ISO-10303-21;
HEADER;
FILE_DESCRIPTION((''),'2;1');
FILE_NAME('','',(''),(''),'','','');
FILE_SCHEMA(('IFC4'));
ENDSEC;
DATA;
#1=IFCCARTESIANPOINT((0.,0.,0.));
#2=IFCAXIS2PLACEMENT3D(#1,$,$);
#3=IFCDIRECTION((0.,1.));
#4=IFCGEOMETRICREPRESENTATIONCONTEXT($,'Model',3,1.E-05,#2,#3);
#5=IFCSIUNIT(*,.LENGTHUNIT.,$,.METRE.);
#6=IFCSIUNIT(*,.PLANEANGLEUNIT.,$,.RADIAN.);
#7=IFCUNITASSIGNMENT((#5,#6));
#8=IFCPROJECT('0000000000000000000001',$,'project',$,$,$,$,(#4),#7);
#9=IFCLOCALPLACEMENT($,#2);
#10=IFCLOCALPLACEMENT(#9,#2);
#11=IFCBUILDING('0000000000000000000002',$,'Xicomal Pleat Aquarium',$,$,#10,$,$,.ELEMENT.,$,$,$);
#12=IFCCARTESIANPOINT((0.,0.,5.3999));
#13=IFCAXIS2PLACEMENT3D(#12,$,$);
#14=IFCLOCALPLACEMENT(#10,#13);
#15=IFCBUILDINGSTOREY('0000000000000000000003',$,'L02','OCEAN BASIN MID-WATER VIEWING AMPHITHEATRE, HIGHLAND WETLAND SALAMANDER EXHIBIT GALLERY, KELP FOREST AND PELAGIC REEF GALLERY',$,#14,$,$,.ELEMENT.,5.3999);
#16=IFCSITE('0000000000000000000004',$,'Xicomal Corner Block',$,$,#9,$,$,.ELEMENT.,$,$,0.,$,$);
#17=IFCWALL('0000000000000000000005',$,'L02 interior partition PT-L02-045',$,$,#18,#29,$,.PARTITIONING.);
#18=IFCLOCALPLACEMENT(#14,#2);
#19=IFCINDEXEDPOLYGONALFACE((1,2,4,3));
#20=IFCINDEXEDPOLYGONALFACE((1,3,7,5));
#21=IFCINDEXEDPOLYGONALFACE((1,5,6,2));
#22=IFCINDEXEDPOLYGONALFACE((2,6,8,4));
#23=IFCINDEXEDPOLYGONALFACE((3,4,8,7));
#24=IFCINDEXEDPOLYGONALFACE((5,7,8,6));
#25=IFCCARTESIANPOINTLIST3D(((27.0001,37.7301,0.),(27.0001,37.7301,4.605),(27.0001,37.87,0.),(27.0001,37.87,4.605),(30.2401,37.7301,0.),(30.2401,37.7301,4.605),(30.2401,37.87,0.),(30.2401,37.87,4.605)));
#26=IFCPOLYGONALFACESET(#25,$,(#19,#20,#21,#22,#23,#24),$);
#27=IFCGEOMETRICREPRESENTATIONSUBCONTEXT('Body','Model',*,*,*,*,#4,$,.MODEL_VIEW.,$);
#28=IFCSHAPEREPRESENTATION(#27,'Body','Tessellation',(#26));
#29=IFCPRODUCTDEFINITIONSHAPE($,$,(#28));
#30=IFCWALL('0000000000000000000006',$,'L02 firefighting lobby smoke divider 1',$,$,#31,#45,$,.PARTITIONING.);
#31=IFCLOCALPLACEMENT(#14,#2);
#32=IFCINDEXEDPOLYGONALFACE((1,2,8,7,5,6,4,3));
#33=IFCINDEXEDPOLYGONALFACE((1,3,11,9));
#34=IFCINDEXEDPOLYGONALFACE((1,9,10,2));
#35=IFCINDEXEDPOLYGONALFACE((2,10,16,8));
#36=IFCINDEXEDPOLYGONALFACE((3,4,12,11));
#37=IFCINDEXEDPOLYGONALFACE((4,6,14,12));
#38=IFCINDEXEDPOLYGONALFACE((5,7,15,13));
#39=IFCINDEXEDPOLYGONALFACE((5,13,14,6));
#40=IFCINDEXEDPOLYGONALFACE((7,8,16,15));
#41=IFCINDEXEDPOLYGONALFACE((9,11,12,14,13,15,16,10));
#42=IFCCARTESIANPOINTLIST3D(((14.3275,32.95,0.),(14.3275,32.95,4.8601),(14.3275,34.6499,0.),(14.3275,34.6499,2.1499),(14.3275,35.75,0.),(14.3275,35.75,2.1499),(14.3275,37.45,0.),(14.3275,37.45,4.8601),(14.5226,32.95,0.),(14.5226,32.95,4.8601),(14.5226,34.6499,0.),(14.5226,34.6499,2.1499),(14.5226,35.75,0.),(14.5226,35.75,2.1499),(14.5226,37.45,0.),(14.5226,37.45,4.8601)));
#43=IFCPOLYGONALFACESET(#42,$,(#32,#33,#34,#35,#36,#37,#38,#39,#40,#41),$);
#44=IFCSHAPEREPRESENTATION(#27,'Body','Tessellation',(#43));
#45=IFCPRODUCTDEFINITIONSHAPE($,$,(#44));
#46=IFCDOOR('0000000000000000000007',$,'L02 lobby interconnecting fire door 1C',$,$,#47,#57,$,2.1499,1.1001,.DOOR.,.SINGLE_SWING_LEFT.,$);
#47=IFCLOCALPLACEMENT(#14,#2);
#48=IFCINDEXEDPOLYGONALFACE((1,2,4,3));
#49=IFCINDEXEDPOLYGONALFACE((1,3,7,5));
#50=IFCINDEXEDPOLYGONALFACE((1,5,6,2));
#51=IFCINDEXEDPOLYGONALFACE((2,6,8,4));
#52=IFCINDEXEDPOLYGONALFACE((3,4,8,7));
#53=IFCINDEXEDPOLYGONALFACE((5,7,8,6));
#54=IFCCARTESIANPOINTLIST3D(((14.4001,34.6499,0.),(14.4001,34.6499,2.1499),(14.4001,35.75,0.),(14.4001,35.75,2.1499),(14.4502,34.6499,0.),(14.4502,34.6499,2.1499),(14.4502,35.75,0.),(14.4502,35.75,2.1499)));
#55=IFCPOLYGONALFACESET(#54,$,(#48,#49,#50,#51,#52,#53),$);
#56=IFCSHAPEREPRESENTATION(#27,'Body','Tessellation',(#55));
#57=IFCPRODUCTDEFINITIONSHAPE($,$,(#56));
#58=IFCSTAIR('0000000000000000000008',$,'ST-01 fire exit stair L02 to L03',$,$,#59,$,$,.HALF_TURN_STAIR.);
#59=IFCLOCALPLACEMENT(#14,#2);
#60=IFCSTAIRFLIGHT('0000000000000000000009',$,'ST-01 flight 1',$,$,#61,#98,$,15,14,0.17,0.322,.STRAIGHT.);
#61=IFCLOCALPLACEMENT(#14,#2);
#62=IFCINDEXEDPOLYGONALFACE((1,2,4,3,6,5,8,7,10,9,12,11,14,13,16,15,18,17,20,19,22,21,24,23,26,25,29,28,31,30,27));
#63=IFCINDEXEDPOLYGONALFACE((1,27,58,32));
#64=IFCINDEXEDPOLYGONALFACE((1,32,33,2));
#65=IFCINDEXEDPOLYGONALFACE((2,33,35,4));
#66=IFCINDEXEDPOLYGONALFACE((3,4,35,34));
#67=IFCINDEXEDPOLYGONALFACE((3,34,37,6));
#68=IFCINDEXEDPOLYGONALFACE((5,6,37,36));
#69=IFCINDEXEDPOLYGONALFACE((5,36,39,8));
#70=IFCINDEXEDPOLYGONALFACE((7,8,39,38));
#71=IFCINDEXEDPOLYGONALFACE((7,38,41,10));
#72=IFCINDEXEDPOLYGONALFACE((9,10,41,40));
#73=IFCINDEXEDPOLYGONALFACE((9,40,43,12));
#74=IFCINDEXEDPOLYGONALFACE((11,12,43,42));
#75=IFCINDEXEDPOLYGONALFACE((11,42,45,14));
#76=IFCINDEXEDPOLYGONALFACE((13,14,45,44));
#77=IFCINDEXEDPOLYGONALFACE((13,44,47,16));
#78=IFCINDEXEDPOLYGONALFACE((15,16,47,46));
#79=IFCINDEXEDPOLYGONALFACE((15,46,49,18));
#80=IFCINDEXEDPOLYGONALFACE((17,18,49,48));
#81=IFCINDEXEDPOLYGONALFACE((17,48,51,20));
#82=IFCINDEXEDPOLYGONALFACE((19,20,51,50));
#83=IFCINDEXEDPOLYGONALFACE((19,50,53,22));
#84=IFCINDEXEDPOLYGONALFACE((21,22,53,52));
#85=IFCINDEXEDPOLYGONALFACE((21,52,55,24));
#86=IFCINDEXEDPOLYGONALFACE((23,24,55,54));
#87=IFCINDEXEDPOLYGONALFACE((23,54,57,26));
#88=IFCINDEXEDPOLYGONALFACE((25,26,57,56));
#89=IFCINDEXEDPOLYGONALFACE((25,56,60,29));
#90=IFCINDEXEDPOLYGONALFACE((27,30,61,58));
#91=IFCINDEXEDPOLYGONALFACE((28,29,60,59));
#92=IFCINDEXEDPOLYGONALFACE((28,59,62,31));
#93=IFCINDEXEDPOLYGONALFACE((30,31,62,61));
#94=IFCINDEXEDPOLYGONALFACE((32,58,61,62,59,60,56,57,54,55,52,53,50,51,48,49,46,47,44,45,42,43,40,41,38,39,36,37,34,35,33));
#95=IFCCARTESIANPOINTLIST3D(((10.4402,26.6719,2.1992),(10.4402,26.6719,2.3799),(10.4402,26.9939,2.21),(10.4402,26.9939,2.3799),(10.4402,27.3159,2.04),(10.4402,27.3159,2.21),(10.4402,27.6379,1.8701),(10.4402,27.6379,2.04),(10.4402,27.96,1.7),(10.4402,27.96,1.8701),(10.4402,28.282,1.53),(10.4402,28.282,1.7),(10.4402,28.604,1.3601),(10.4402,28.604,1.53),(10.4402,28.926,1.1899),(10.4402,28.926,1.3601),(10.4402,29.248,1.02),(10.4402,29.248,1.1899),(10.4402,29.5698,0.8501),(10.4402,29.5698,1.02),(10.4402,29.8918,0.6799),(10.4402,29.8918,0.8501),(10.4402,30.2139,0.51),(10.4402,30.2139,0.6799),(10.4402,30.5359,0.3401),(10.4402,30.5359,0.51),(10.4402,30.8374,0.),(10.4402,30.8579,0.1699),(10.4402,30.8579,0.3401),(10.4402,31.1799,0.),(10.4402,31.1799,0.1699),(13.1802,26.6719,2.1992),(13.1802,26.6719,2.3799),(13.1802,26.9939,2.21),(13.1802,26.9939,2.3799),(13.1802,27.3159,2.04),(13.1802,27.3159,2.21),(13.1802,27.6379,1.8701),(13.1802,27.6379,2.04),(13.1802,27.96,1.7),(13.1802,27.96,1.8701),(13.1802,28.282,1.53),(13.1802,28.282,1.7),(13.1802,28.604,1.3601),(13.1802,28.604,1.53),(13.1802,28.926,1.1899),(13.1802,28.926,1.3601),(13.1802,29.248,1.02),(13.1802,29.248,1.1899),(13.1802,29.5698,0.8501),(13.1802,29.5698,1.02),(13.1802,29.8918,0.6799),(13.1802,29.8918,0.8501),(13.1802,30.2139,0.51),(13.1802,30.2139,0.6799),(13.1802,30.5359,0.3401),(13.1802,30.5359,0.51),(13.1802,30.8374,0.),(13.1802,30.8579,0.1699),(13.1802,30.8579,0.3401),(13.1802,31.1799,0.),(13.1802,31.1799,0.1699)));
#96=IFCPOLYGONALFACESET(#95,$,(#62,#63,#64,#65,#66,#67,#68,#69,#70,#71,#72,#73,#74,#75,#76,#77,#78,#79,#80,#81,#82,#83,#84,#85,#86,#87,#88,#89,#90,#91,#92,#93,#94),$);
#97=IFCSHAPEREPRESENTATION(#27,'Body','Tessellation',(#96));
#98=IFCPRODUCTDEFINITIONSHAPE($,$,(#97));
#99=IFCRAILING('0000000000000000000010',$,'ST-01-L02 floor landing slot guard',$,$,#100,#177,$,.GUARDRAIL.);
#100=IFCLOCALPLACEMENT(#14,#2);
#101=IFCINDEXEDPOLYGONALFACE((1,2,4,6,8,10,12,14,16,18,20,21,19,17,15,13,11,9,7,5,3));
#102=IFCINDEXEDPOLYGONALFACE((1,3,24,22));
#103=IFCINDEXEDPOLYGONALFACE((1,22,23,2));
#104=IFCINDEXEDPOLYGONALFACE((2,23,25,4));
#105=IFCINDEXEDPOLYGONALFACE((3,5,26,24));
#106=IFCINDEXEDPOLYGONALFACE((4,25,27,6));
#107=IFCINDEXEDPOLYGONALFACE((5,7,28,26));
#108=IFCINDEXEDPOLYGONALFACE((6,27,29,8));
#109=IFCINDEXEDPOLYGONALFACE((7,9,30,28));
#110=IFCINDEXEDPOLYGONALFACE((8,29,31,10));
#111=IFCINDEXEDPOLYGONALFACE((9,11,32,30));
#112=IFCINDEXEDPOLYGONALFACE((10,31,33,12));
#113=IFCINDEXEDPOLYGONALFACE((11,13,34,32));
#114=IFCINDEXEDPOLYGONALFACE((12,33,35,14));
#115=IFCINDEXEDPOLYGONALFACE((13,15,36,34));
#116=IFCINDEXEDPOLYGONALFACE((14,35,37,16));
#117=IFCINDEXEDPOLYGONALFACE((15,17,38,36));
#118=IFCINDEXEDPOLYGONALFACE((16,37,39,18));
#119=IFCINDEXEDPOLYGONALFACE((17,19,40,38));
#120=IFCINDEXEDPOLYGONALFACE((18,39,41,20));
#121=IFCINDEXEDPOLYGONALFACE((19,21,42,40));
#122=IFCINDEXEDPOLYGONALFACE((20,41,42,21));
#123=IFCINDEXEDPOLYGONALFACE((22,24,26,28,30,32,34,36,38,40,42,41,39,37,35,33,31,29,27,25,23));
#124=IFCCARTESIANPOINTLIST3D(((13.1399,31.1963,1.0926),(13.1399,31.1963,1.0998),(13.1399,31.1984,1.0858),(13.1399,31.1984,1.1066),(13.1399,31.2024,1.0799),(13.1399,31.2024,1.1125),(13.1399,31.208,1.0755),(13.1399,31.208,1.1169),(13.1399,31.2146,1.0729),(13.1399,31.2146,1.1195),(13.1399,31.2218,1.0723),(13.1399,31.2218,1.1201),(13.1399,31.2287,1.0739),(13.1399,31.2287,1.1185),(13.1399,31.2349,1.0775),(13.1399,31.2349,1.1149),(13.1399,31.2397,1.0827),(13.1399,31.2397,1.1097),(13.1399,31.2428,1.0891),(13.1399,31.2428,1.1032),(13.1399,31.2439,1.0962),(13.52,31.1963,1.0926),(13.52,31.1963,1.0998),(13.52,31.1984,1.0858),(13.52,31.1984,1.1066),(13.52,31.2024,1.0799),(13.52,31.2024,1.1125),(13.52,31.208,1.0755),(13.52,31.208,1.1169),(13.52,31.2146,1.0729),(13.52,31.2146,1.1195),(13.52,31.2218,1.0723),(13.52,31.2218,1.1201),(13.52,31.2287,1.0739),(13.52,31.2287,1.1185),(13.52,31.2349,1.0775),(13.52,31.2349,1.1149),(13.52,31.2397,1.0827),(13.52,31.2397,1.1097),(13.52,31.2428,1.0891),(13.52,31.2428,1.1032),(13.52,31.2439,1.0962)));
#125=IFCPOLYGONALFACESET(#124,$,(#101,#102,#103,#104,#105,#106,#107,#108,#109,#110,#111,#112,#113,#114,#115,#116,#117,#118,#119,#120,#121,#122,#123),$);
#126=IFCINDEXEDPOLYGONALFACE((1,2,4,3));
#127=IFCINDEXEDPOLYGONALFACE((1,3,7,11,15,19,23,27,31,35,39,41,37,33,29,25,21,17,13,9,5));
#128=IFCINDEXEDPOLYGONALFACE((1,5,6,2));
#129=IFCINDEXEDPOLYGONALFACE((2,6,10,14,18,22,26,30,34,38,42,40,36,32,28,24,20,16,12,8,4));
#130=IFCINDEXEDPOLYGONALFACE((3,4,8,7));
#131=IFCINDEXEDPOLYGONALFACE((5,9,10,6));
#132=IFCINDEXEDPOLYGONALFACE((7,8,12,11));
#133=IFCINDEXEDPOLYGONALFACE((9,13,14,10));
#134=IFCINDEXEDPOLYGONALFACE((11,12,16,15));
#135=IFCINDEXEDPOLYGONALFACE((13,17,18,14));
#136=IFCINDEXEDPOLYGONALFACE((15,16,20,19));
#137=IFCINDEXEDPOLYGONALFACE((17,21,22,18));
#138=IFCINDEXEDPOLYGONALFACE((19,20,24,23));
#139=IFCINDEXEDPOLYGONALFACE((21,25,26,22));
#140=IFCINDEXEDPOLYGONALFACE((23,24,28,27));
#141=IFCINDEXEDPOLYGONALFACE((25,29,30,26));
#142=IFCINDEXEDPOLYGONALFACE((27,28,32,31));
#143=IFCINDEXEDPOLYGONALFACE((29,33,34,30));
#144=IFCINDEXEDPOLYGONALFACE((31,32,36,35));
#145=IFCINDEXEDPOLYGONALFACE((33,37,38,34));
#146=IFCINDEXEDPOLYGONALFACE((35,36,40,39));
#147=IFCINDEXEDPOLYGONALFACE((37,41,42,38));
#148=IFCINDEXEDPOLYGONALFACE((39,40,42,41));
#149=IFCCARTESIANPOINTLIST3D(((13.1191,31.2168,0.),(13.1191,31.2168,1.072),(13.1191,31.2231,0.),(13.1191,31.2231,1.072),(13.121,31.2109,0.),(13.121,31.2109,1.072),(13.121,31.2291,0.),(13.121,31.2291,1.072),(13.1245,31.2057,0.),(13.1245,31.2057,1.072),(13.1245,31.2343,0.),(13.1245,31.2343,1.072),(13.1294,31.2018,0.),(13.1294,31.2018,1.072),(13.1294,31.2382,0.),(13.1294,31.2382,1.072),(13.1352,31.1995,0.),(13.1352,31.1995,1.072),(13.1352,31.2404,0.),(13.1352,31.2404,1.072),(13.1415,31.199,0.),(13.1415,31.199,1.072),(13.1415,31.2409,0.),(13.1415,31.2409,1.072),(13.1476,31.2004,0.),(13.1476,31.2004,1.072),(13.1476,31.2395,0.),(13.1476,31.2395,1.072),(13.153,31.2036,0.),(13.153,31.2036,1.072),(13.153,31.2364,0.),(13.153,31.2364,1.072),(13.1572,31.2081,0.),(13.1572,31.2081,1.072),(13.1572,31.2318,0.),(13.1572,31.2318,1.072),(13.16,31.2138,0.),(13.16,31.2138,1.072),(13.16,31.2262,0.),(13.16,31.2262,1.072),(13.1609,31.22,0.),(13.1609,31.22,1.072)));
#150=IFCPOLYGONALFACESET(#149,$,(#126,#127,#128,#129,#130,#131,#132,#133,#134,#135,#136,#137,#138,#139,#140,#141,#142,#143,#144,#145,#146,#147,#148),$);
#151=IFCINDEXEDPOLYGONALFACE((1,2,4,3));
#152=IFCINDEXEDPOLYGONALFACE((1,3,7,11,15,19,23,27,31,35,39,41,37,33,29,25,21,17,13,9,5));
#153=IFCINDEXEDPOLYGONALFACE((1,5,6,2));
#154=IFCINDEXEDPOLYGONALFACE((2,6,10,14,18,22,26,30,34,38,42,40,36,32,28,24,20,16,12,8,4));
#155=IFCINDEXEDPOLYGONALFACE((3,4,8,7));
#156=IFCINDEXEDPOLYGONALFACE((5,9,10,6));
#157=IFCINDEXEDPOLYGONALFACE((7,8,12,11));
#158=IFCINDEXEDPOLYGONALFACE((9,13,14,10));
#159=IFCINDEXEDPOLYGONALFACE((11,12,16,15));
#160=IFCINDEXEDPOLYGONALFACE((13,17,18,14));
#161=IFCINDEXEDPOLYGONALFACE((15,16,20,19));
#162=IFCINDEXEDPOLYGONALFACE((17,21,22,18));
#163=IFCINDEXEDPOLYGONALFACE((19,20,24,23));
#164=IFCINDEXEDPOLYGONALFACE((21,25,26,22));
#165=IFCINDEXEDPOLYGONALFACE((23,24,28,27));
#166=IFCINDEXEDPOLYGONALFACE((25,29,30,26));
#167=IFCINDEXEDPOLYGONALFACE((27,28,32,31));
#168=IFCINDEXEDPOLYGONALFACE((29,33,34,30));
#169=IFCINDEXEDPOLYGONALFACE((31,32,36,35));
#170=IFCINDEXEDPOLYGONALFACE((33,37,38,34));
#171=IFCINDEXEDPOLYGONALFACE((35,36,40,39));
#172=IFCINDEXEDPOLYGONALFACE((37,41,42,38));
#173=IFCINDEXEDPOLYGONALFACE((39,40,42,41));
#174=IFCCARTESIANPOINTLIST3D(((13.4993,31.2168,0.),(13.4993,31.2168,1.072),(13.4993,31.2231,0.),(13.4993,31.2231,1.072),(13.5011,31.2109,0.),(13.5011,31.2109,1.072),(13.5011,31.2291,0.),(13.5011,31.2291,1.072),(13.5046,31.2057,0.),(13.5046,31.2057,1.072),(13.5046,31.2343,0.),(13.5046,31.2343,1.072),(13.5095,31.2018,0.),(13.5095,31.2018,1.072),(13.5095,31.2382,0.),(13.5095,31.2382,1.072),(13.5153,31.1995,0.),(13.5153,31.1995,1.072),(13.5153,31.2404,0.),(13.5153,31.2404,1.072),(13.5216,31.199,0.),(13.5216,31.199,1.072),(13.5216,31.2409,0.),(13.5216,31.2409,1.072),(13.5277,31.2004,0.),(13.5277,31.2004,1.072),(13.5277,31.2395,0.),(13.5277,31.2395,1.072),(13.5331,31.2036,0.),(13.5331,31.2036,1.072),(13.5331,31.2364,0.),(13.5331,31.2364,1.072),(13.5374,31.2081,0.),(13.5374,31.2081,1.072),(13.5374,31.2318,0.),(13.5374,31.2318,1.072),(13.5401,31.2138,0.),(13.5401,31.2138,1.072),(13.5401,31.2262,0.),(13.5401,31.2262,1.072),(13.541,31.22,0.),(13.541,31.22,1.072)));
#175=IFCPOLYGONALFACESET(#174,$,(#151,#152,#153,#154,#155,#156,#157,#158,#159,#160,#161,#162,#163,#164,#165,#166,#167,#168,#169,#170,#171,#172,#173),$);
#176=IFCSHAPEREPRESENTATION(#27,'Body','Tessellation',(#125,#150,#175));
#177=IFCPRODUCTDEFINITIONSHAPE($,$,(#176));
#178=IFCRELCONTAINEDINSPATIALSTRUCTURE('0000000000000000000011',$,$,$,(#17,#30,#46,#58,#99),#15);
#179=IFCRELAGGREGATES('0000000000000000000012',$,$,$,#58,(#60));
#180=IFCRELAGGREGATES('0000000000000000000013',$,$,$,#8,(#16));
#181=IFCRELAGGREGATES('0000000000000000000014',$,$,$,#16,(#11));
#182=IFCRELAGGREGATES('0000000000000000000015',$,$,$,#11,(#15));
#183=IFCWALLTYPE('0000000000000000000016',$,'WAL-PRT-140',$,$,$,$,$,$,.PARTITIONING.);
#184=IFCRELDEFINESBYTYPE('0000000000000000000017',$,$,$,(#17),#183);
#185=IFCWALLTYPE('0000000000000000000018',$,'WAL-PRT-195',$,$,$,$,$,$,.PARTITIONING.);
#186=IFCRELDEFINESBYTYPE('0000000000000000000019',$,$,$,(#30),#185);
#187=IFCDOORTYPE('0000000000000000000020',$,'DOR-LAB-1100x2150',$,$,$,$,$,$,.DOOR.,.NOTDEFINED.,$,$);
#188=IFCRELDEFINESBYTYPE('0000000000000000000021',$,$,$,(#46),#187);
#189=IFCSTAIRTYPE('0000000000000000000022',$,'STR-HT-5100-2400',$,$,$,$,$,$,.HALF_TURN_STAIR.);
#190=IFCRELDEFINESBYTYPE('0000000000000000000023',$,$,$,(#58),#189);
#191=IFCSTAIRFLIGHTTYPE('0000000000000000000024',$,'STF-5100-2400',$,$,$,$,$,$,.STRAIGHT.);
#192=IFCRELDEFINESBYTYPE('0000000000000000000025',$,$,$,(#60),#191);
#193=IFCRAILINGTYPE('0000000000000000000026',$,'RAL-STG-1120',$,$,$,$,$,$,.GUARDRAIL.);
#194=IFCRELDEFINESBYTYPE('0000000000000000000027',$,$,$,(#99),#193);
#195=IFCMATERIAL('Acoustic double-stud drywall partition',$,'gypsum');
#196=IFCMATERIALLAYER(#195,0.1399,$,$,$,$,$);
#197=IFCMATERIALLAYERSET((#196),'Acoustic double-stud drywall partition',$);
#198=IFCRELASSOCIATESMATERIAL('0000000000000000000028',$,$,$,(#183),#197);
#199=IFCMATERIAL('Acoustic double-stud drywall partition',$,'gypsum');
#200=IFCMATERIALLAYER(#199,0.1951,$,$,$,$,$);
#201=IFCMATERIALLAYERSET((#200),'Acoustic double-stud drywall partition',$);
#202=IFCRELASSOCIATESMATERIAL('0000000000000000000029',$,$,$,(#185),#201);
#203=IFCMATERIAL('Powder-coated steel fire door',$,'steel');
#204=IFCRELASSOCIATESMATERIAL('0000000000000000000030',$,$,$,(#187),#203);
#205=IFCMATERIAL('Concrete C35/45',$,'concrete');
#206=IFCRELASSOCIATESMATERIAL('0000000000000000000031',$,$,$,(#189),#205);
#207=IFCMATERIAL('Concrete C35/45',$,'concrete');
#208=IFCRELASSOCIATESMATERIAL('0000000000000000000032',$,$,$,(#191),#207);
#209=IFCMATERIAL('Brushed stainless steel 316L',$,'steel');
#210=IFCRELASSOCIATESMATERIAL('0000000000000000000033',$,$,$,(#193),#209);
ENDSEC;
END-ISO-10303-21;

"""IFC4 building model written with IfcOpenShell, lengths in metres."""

from ifc_helpers import new_model, si_unit, direction, frame, frame_2d, origin, origin_2d, place, context, subcontext, project, spatial, polyline, rectangle, circle, outline, extrude, material, layer, layer_set, type_object, element, fill, aggregate, save


model = new_model("IFC4")

# Units and contexts
model_context = context("Model", 3, precision=1e-05, world=origin(), true_north=direction((0.0, 1.0)))
body_context = subcontext(model_context, "Body", "Model", "MODEL_VIEW")
ifc_project = project(units=[si_unit("LENGTHUNIT", "METRE"), si_unit("PLANEANGLEUNIT", "RADIAN")], contexts=[model_context])

# Site, building, storey
site_placement = place(None, origin())
site = spatial("IfcSite", under=ifc_project, at=site_placement, Name="Xicomal Corner Block", CompositionType="ELEMENT", RefElevation=0.0)
building_placement = place(site_placement, origin())
building = spatial("IfcBuilding", under=site, at=building_placement, Name="Xicomal Pleat Aquarium", CompositionType="ELEMENT")
storey_placement = place(building_placement, frame((0.0, 0.0, 5.3999)))
storey = spatial("IfcBuildingStorey", under=building, at=storey_placement, Name="L02", Description="OCEAN BASIN MID-WATER VIEWING AMPHITHEATRE, HIGHLAND WETLAND SALAMANDER EXHIBIT GALLERY, KELP FOREST AND PELAGIC REEF GALLERY", CompositionType="ELEMENT", Elevation=5.3999)

# Wall
ifc_material_1 = material(Name="Acoustic double-stud drywall partition", Category="gypsum")
ifc_layer_1 = layer(ifc_material_1, 0.1399)
ifc_layer_set_1 = layer_set([ifc_layer_1], Name="Acoustic double-stud drywall partition")
wall_type_1 = type_object("IfcWallType", Name="WAL-PRT-140", PredefinedType="PARTITIONING", material=ifc_layer_set_1)
wall_1_placement = place(storey_placement, frame((27.0, 37.8, 0.0), z_axis=(0.0, 0.0, 1.0), x_axis=(1.0, 0.0, 0.0)))
element("IfcWall", 1, at=wall_1_placement, inside=storey, type_object=wall_type_1, Name="L02 interior partition PT-L02-045", PredefinedType="PARTITIONING", context=body_context, shape_type="SweptSolid", body=[
    extrude(rectangle(XDim=3.24, YDim=0.1399, at=frame_2d((1.6201, 0.0))), origin(), (0.0, 0.0, 1.0), 4.605),
])

# Wall, opening, door
ifc_material_2 = material(Name="Acoustic double-stud drywall partition", Category="gypsum")
ifc_layer_2 = layer(ifc_material_2, 0.1951)
ifc_layer_set_2 = layer_set([ifc_layer_2], Name="Acoustic double-stud drywall partition")
wall_type_2 = type_object("IfcWallType", Name="WAL-PRT-195", PredefinedType="PARTITIONING", material=ifc_layer_set_2)
wall_2_placement = place(storey_placement, frame((14.425, 32.95, 0.0), z_axis=(0.0, 0.0, 1.0), x_axis=(0.0, 1.0, 0.0)))
wall_2 = element("IfcWall", 2, at=wall_2_placement, inside=storey, type_object=wall_type_2, Name="L02 firefighting lobby smoke divider 1", PredefinedType="PARTITIONING", context=body_context, shape_type="SweptSolid", body=[
    extrude(rectangle(XDim=4.5, YDim=0.1951, at=frame_2d((2.25, 0.0))), origin(), (0.0, 0.0, 1.0), 4.8601),
])
opening_1_placement = place(wall_2_placement, frame((1.7, 0.0, 0.0)))
opening_1 = element("IfcOpeningElement", 3, at=opening_1_placement, cuts=wall_2, PredefinedType="OPENING", context=body_context, shape_type="SweptSolid", body=[
    extrude(rectangle(XDim=1.1001, YDim=2.1499, at=frame_2d((0.55, 1.075))), frame((0.0, 0.1074, 0.0), z_axis=(0.0, -1.0, 0.0), x_axis=(1.0, 0.0, 0.0)), (0.0, 0.0, 1.0), 0.2151),
])
ifc_material_3 = material(Name="Powder-coated steel fire door", Category="steel")
door_type_1 = type_object("IfcDoorType", Name="DOR-LAB-1100x2150", OperationType="NOTDEFINED", PredefinedType="DOOR", material=ifc_material_3)
door_1_placement = place(opening_1_placement, origin())
door_1 = element("IfcDoor", 4, at=door_1_placement, inside=storey, type_object=door_type_1, Name="L02 lobby interconnecting fire door 1C", OperationType="SINGLE_SWING_LEFT", OverallHeight=2.1499, OverallWidth=1.1001, PredefinedType="DOOR", context=body_context, shape_type="SweptSolid", body=[
    extrude(rectangle(XDim=1.1001, YDim=2.1499, at=frame_2d((0.55, 1.075))), frame((0.0, 0.0249, 0.0), z_axis=(0.0, -1.0, 0.0), x_axis=(1.0, 0.0, 0.0)), (0.0, 0.0, 1.0), 0.05),
])
fill(opening_1, door_1)

# Stair, stair flight
ifc_material_4 = material(Name="Concrete C35/45", Category="concrete")
stair_type = type_object("IfcStairType", Name="STR-HT-5100-2400", PredefinedType="HALF_TURN_STAIR", material=ifc_material_4)
stair_placement = place(storey_placement, origin())
stair = element("IfcStair", 5, at=stair_placement, inside=storey, type_object=stair_type, Name="ST-01 fire exit stair L02 to L03", PredefinedType="HALF_TURN_STAIR")
ifc_material_5 = material(Name="Concrete C35/45", Category="concrete")
stair_flight_type = type_object("IfcStairFlightType", Name="STF-5100-2400", PredefinedType="STRAIGHT", material=ifc_material_5)
stair_flight_placement = place(storey_placement, frame((11.8101, 31.1799, 0.0), z_axis=(0.0, 0.0, 1.0), x_axis=(0.0, -1.0, 0.0)))
stair_flight = element("IfcStairFlight", 6, at=stair_flight_placement, type_object=stair_flight_type, Name="ST-01 flight 1", NumberOfRisers=15, NumberOfTreads=14, PredefinedType="STRAIGHT", RiserHeight=0.17, TreadLength=0.322, context=body_context, shape_type="SweptSolid", body=[
    extrude(outline(polyline([(0.0, 0.0), (0.0, 0.1699), (0.322, 0.1699), (0.322, 0.3401), (0.644, 0.3401), (0.644, 0.51), (0.9661, 0.51), (0.9661, 0.6799), (1.2881, 0.6799), (1.2881, 0.8501), (1.6101, 0.8501), (1.6101, 1.02), (1.9319, 1.02), (1.9319, 1.1899), (2.2539, 1.1899), (2.2539, 1.3601), (2.5759, 1.3601), (2.5759, 1.53), (2.8979, 1.53), (2.8979, 1.7), (3.22, 1.7), (3.22, 1.8701), (3.542, 1.8701), (3.542, 2.04), (3.864, 2.04), (3.864, 2.21), (4.186, 2.21), (4.186, 2.3799), (4.5081, 2.3799), (4.5081, 2.55), (4.5081, 2.1992), (0.3425, 0.0), (0.0, 0.0)])), frame((0.0, 1.3701, 0.0), z_axis=(0.0, -1.0, 0.0), x_axis=(1.0, 0.0, 0.0)), (0.0, 0.0, 1.0), 2.74),
])
aggregate(stair, [stair_flight])

# Railing
ifc_material_6 = material(Name="Brushed stainless steel 316L", Category="steel")
railing_type = type_object("IfcRailingType", Name="RAL-STG-1120", PredefinedType="GUARDRAIL", material=ifc_material_6)
railing_1_placement = place(storey_placement, frame((13.1399, 31.22, 0.0)))
element("IfcRailing", 7, at=railing_1_placement, inside=storey, type_object=railing_type, Name="ST-01-L02 floor landing slot guard", PredefinedType="GUARDRAIL", context=body_context, shape_type="SweptSolid", body=[
    extrude(circle(Radius=0.0239, at=origin_2d()), frame((0.0, 0.0, 1.0962), z_axis=(1.0, 0.0, 0.0), x_axis=(0.0, 1.0, 0.0)), (0.0, 0.0, 1.0), 0.3801),
    extrude(circle(Radius=0.021, at=origin_2d()), origin(), (0.0, 0.0, 1.0), 1.072),
    extrude(circle(Radius=0.021, at=origin_2d()), frame((0.3801, 0.0, 0.0)), (0.0, 0.0, 1.0), 1.072),
])

save(model, "model.ifc")
